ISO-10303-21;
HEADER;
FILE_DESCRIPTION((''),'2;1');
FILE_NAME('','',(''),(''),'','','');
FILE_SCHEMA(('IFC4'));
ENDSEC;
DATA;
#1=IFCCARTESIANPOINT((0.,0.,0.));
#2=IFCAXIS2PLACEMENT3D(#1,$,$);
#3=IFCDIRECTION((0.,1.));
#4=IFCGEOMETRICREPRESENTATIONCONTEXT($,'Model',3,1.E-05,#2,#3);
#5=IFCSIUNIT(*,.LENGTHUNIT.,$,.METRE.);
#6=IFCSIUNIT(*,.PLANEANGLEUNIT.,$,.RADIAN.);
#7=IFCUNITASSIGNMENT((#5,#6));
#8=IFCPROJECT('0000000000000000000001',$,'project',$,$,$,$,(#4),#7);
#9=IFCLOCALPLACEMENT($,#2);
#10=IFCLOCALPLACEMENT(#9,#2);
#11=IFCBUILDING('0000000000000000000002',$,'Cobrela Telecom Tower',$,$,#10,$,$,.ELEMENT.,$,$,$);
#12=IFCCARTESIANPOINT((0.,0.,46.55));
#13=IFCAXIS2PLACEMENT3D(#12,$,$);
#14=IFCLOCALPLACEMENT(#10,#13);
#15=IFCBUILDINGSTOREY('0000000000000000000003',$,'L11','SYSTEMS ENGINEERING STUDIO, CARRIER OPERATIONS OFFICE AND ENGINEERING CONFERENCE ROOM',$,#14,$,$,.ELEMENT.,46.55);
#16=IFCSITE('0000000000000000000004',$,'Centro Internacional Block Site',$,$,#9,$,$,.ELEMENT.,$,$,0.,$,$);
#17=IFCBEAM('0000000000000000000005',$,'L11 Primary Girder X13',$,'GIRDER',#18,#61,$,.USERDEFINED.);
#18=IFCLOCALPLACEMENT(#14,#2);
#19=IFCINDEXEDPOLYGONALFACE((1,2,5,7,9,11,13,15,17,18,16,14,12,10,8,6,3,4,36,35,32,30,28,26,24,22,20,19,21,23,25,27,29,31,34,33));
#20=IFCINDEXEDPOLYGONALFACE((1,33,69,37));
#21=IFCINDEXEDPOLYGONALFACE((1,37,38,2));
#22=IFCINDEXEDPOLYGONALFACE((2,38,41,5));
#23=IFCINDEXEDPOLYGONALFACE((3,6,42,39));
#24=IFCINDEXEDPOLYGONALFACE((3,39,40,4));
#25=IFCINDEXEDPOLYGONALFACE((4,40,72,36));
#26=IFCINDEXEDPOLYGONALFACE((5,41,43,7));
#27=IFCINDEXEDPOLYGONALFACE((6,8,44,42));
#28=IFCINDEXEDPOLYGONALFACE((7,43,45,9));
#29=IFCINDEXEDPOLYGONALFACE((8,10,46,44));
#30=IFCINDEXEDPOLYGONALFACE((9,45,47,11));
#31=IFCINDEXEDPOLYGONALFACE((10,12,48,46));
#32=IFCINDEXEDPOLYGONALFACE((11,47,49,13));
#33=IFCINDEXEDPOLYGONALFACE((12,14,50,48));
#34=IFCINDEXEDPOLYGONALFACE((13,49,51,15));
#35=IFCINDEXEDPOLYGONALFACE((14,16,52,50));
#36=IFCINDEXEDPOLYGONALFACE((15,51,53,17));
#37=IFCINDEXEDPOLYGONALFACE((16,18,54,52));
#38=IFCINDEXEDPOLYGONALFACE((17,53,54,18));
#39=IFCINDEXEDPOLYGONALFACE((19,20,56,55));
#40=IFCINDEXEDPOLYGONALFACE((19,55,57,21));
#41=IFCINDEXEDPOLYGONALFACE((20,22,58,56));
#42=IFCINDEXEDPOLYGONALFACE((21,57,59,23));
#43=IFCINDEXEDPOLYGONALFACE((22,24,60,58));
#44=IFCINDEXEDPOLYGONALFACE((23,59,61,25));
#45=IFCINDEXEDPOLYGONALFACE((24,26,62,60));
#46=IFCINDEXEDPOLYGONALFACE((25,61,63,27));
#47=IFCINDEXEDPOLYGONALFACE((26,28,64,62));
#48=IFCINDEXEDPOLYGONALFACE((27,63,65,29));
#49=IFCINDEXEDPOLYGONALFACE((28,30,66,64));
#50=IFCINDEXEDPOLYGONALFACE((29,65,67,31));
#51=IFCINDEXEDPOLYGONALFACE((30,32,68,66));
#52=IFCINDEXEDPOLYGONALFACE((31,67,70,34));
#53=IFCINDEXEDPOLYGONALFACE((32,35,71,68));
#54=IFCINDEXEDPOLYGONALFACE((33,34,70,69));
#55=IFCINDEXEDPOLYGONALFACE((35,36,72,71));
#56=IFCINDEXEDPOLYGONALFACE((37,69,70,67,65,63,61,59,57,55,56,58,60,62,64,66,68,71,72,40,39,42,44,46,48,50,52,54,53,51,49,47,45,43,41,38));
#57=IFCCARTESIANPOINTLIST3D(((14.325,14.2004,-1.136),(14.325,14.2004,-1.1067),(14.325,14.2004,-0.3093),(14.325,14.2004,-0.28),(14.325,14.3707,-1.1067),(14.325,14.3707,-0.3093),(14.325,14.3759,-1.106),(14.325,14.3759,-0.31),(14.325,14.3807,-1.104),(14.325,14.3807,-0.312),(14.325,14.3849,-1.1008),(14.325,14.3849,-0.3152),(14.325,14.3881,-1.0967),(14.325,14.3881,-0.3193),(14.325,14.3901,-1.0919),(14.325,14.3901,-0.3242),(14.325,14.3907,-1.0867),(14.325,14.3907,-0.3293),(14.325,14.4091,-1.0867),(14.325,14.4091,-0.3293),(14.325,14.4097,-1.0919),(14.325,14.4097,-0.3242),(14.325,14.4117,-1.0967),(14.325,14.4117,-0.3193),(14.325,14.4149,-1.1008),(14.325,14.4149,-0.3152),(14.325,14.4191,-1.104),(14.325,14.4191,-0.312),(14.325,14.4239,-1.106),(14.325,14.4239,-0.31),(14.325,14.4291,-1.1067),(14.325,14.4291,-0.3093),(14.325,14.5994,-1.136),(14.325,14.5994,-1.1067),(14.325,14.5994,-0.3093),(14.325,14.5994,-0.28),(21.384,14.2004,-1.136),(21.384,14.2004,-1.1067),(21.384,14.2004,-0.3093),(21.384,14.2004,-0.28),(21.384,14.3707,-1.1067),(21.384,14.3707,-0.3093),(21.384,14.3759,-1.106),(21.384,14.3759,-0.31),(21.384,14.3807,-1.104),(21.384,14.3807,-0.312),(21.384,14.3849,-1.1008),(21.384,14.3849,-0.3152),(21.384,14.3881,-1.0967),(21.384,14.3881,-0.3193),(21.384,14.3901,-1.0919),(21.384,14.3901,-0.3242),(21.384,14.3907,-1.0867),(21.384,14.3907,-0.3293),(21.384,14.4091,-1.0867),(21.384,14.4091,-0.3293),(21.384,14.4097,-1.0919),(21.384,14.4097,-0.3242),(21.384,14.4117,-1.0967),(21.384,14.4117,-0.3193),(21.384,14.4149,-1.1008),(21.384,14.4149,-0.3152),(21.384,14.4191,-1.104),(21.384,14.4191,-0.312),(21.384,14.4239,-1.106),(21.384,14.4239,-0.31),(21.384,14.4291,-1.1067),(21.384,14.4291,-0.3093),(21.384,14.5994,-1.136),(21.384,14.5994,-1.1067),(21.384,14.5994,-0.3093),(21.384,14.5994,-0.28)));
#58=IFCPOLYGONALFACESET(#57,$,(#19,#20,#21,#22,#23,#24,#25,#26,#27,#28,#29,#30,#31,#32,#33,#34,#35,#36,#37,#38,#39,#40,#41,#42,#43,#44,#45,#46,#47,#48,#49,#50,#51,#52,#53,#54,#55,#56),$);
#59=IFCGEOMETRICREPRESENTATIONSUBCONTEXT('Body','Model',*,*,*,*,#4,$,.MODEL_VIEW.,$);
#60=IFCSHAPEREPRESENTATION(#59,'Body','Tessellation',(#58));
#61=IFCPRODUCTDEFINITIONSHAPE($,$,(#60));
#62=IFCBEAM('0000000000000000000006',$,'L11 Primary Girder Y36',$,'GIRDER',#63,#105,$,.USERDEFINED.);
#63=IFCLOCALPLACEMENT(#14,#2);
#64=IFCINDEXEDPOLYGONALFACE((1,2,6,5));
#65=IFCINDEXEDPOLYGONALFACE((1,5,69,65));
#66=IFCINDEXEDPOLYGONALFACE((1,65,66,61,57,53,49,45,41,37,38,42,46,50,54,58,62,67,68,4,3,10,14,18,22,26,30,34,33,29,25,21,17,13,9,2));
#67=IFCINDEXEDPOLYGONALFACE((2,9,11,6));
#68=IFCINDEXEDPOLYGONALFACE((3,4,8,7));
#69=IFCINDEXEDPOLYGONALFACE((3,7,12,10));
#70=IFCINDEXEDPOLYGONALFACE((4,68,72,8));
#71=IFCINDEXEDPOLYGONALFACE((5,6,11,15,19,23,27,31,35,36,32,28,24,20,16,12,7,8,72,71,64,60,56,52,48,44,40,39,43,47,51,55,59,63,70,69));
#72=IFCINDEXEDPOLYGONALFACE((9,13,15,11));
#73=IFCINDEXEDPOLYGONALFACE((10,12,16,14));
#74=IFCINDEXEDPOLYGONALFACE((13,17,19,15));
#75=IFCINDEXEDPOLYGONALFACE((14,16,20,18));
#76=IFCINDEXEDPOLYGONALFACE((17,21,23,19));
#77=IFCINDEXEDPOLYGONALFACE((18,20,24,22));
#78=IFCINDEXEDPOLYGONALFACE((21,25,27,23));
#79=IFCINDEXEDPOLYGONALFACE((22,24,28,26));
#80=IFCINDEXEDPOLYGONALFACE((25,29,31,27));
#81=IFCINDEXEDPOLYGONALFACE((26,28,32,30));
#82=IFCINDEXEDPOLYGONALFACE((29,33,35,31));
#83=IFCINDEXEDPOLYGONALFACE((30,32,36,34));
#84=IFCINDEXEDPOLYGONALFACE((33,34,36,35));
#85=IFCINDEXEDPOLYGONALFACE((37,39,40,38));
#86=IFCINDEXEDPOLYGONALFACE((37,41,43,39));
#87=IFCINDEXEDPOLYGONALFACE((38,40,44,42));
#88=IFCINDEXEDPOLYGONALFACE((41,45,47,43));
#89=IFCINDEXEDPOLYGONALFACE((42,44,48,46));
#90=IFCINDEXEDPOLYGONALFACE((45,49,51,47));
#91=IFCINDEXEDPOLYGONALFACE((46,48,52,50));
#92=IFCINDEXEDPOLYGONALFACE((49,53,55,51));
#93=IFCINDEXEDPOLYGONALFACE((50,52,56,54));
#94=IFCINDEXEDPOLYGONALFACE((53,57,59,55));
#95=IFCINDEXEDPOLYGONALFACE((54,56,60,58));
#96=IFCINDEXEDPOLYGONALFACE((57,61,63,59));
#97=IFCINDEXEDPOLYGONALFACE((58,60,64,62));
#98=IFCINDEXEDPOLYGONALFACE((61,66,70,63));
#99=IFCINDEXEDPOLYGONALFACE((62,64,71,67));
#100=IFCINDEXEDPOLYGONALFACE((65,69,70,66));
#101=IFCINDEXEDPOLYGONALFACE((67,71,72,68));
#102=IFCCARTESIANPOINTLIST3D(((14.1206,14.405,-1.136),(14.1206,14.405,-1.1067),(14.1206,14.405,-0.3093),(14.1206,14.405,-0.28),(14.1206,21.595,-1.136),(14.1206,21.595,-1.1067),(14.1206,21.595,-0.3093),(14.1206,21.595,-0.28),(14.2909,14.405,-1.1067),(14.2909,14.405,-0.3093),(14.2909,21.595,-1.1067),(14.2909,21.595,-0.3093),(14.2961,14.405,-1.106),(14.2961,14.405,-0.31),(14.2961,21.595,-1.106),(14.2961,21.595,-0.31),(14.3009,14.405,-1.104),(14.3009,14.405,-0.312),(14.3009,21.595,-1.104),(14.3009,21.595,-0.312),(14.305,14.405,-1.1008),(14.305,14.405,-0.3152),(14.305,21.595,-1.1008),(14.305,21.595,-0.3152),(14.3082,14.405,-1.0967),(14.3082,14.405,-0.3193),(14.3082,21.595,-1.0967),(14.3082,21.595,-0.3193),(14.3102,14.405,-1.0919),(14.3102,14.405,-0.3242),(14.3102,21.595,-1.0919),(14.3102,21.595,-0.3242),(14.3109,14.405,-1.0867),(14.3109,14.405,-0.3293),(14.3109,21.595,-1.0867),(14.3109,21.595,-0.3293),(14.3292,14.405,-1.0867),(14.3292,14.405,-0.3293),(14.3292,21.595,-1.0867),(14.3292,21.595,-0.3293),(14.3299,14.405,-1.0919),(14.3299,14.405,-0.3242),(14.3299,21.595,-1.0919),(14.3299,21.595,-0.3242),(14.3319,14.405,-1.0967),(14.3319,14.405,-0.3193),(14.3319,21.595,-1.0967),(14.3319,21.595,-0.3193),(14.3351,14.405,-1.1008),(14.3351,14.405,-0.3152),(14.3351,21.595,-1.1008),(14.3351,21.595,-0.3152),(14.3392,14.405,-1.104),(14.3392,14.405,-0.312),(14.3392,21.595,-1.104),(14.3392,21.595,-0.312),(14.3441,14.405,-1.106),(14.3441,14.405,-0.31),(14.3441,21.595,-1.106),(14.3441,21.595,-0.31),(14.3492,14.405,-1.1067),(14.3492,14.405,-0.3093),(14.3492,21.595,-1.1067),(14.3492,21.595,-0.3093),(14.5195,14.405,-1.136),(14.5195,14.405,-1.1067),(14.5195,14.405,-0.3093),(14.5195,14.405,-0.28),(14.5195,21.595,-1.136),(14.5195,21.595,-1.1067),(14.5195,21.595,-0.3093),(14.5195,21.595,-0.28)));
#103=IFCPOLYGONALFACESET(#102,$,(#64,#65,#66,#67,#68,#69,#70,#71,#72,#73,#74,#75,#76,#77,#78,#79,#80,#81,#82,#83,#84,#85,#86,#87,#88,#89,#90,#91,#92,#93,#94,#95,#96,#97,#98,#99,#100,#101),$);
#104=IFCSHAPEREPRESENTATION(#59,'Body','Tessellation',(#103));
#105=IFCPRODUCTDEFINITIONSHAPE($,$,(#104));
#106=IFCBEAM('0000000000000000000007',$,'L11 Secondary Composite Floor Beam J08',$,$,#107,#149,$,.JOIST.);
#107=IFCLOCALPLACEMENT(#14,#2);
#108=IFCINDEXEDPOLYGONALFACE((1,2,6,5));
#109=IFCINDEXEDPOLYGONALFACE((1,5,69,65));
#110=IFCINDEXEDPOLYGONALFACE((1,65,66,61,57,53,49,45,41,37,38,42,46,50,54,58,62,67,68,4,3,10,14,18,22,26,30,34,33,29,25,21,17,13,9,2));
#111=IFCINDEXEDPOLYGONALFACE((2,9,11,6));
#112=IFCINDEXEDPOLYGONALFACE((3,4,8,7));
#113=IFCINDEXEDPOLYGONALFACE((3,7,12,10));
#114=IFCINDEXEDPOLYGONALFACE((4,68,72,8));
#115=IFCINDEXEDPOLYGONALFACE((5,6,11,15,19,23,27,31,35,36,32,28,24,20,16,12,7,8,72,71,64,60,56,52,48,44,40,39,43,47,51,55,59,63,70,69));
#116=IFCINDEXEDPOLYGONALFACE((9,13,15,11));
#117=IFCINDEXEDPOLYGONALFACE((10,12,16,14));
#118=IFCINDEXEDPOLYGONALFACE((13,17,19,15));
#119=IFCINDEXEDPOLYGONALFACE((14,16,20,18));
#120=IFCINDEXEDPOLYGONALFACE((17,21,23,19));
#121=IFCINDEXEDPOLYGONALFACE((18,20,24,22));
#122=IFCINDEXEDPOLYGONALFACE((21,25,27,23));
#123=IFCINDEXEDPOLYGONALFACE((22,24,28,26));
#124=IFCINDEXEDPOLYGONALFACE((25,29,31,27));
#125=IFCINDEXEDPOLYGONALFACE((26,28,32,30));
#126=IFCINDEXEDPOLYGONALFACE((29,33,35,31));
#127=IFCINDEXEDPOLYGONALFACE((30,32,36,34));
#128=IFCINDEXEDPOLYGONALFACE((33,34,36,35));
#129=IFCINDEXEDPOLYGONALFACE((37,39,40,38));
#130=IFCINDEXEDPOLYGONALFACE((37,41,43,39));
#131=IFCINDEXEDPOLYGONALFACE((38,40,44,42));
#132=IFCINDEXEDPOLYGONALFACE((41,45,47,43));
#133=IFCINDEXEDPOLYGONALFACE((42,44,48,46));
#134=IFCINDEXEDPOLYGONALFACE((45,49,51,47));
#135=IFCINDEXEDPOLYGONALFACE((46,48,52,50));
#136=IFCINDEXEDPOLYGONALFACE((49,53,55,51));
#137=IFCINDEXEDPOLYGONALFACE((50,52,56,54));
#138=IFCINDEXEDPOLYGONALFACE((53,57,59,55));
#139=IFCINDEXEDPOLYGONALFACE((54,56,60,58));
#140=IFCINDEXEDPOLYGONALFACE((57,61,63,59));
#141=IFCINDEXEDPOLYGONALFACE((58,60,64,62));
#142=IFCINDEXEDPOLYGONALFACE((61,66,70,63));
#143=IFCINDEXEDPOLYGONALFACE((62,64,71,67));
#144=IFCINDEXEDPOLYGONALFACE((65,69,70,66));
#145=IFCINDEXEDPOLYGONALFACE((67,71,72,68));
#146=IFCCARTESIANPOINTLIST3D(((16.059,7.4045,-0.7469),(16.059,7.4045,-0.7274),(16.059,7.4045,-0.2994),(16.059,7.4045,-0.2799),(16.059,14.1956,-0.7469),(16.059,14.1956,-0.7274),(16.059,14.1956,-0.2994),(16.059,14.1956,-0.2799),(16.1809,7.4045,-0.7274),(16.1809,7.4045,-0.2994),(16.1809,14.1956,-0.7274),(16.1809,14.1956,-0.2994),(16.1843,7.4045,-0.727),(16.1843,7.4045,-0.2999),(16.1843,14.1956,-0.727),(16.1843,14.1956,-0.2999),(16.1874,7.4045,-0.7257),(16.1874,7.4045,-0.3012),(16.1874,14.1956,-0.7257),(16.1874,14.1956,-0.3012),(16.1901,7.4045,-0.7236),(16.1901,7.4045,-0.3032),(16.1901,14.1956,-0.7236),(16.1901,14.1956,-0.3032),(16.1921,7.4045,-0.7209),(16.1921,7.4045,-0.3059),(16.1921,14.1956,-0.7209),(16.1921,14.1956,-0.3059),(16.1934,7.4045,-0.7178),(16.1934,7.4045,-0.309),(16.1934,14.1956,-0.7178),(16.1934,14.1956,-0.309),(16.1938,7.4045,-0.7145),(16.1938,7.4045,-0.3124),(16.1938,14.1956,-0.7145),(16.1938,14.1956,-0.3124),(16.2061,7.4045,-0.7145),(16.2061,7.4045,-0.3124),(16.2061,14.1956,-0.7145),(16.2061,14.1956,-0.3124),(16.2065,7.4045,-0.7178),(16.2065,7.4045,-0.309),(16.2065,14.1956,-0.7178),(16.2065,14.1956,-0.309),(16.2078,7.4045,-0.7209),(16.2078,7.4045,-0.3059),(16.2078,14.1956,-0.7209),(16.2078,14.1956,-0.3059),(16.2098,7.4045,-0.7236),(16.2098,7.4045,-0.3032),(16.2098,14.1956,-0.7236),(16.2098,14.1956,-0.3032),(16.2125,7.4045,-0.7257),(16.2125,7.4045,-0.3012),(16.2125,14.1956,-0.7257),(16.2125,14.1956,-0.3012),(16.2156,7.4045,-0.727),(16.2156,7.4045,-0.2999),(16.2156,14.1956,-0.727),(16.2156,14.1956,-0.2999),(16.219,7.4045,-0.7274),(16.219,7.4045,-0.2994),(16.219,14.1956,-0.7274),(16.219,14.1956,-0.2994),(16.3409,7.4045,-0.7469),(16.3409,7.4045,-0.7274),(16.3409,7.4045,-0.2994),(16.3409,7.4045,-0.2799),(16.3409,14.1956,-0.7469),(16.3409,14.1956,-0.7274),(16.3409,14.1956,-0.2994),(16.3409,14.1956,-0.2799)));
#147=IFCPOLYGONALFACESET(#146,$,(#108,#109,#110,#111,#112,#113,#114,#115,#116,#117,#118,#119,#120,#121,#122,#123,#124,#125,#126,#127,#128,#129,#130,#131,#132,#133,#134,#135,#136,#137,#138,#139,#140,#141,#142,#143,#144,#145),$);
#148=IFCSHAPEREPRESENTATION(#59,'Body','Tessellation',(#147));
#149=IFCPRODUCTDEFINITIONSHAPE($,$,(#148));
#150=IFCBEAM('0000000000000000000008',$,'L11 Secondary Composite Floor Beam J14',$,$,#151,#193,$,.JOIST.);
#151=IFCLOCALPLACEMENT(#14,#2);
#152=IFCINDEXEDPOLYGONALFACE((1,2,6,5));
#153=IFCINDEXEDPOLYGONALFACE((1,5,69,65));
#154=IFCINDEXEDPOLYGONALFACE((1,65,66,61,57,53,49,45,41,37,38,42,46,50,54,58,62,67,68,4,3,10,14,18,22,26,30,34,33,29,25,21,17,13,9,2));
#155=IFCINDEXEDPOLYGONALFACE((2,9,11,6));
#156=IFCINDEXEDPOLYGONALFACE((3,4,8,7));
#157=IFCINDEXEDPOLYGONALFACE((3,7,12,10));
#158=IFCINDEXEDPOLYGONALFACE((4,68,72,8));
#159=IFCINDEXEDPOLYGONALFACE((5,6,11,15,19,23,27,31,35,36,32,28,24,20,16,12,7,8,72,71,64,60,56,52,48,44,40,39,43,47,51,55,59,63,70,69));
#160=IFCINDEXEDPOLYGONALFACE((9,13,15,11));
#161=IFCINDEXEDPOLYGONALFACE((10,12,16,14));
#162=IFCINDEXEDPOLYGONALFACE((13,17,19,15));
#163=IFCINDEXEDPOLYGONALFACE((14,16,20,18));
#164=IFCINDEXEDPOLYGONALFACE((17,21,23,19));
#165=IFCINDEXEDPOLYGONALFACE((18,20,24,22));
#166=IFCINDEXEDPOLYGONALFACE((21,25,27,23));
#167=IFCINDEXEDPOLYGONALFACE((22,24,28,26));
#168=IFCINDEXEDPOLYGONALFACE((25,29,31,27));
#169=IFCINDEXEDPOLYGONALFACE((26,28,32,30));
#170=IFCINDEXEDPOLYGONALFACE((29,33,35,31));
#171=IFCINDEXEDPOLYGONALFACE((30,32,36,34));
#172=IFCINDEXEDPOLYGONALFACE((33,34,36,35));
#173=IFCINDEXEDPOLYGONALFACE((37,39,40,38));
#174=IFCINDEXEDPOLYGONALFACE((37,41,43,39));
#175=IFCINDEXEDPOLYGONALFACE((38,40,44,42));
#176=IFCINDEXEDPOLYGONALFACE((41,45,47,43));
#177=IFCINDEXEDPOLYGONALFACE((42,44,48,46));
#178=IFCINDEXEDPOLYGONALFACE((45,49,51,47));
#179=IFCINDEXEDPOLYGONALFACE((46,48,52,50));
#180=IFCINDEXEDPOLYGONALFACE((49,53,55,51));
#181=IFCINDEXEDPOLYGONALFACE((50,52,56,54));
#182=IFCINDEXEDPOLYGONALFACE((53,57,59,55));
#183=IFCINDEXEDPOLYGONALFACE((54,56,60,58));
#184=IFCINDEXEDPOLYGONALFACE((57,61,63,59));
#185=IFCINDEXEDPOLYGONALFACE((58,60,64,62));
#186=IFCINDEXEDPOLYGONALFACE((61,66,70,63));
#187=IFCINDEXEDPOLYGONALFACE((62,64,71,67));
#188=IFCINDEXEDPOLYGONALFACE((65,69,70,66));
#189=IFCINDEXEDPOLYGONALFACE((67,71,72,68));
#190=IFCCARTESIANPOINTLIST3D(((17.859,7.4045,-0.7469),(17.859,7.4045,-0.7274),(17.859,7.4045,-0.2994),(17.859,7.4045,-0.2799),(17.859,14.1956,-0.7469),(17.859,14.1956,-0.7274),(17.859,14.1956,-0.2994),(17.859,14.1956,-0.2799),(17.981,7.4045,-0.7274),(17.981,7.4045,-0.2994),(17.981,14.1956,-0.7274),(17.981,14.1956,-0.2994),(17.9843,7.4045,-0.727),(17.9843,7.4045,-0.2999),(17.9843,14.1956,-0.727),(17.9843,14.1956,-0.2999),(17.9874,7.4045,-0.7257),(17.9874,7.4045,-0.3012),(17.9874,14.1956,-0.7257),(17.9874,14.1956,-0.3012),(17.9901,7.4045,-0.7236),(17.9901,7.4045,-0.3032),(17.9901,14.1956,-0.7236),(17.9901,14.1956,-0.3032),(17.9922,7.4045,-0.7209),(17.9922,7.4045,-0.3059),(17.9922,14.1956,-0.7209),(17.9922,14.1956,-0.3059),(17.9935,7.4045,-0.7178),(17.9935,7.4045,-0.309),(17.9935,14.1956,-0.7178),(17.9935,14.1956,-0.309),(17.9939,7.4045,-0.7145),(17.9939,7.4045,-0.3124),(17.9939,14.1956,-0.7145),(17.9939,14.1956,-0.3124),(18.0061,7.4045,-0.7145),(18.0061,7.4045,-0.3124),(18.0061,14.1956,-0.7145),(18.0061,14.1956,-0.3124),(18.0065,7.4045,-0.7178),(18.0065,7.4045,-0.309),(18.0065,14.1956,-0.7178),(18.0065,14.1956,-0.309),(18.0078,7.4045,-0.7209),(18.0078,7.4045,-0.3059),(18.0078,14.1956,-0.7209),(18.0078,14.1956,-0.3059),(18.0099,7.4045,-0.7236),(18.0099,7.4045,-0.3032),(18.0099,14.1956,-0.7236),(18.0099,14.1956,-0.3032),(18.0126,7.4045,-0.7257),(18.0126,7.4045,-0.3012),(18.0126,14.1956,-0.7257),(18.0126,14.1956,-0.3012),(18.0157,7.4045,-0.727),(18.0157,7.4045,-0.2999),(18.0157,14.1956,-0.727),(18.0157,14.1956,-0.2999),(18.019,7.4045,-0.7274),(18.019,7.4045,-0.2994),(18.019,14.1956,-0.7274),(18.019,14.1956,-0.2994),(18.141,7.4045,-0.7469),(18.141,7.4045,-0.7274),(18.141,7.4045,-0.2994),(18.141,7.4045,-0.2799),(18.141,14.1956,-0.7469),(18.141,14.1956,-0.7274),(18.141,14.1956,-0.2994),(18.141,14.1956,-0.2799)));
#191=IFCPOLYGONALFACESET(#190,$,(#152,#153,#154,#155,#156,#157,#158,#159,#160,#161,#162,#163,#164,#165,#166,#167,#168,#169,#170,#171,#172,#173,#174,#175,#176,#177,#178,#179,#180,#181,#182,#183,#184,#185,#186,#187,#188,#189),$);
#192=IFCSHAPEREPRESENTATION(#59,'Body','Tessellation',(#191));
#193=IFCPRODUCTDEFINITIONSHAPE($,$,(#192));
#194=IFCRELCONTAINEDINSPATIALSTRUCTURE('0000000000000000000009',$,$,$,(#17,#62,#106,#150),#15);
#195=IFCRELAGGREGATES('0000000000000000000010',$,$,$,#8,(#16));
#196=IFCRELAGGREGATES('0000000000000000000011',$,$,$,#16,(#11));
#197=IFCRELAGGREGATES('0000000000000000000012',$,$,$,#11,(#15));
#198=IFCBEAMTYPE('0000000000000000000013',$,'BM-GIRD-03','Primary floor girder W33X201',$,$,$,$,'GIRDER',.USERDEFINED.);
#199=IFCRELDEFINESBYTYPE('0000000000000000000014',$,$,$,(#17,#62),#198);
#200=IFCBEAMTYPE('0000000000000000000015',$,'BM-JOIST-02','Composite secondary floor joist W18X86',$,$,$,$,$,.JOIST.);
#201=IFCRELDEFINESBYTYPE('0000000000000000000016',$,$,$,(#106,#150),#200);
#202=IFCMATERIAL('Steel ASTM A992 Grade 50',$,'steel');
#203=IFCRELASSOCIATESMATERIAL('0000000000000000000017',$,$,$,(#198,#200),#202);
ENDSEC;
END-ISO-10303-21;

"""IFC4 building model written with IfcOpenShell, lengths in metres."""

from ifc_helpers import new_model, si_unit, direction, frame, origin, origin_2d, place, context, subcontext, project, spatial, i_section, extrude, material, material_profile, profile_set, type_object, element, save


model = new_model("IFC4")

# Units and contexts
model_context = context("Model", 3, precision=1e-05, world=origin(), true_north=direction((0.0, 1.0)))
body_context = subcontext(model_context, "Body", "Model", "MODEL_VIEW")
ifc_project = project(units=[si_unit("LENGTHUNIT", "METRE"), si_unit("PLANEANGLEUNIT", "RADIAN")], contexts=[model_context])

# Site, building, storey
site_placement = place(None, origin())
site = spatial("IfcSite", under=ifc_project, at=site_placement, Name="Centro Internacional Block Site", CompositionType="ELEMENT", RefElevation=0.0)
building_placement = place(site_placement, origin())
building = spatial("IfcBuilding", under=site, at=building_placement, Name="Cobrela Telecom Tower", CompositionType="ELEMENT")
storey_placement = place(building_placement, frame((0.0, 0.0, 46.55)))
storey = spatial("IfcBuildingStorey", under=building, at=storey_placement, Name="L11", Description="SYSTEMS ENGINEERING STUDIO, CARRIER OPERATIONS OFFICE AND ENGINEERING CONFERENCE ROOM", CompositionType="ELEMENT", Elevation=46.55)

# Beams
ifc_material_1 = material(Name="Steel ASTM A992 Grade 50", Category="steel")
ifc_material_profile_1 = material_profile(ifc_material_1, i_section(OverallWidth=0.3989, OverallDepth=0.856, WebThickness=0.0183, FlangeThickness=0.0293, FilletRadius=0.02, at=origin_2d()), Name="W33X201")
ifc_profile_set_1 = profile_set([ifc_material_profile_1], Name="Steel ASTM A992 Grade 50")
beam_type_1 = type_object("IfcBeamType", Name="BM-GIRD-03", Description="Primary floor girder W33X201", ElementType="GIRDER", PredefinedType="USERDEFINED", material=ifc_profile_set_1)
beam_1_placement = place(storey_placement, frame((14.325, 14.3999, -0.708), z_axis=(1.0, 0.0, 0.0), x_axis=(0.0, 1.0, 0.0)))
element("IfcBeam", 1, at=beam_1_placement, inside=storey, type_object=beam_type_1, Name="L11 Primary Girder X13", ObjectType="GIRDER", PredefinedType="USERDEFINED", context=body_context, shape_type="SweptSolid", body=[
    extrude(i_section(OverallWidth=0.3989, OverallDepth=0.856, WebThickness=0.0183, FlangeThickness=0.0293, FilletRadius=0.02, at=origin_2d()), origin(), (0.0, 0.0, 1.0), 7.0591),
])
beam_2_placement = place(storey_placement, frame((14.3201, 14.405, -0.708), z_axis=(0.0, 1.0, 0.0), x_axis=(-1.0, 0.0, 0.0)))
element("IfcBeam", 2, at=beam_2_placement, inside=storey, type_object=beam_type_1, Name="L11 Primary Girder Y36", ObjectType="GIRDER", PredefinedType="USERDEFINED", context=body_context, shape_type="SweptSolid", body=[
    extrude(i_section(OverallWidth=0.3989, OverallDepth=0.856, WebThickness=0.0183, FlangeThickness=0.0293, FilletRadius=0.02, at=origin_2d()), origin(), (0.0, 0.0, 1.0), 7.1899),
])
ifc_material_profile_2 = material_profile(ifc_material_1, i_section(OverallWidth=0.282, OverallDepth=0.467, WebThickness=0.0122, FlangeThickness=0.0195, FilletRadius=0.0129, at=origin_2d()), Name="W18X86")
ifc_profile_set_2 = profile_set([ifc_material_profile_2], Name="Steel ASTM A992 Grade 50")
beam_type_2 = type_object("IfcBeamType", Name="BM-JOIST-02", Description="Composite secondary floor joist W18X86", PredefinedType="JOIST", material=ifc_profile_set_2)
for number, where, z_axis, x_axis, name in (
    (3, (16.2, 7.4045, -0.5134), (0.0, 1.0, 0.0), (-1.0, 0.0, 0.0), "L11 Secondary Composite Floor Beam J08"),
    (4, (18.0, 7.4045, -0.5134), (0.0, 1.0, 0.0), (-1.0, 0.0, 0.0), "L11 Secondary Composite Floor Beam J14"),
):
    element("IfcBeam", number, at=place(storey_placement, frame(where, z_axis=z_axis, x_axis=x_axis)), inside=storey, type_object=beam_type_2, Name=name, PredefinedType="JOIST", context=body_context, shape_type="SweptSolid", body=[
        extrude(i_section(OverallWidth=0.282, OverallDepth=0.467, WebThickness=0.0122, FlangeThickness=0.0195, FilletRadius=0.0129, at=origin_2d()), origin(), (0.0, 0.0, 1.0), 6.791),
    ])

save(model, "model.ifc")
